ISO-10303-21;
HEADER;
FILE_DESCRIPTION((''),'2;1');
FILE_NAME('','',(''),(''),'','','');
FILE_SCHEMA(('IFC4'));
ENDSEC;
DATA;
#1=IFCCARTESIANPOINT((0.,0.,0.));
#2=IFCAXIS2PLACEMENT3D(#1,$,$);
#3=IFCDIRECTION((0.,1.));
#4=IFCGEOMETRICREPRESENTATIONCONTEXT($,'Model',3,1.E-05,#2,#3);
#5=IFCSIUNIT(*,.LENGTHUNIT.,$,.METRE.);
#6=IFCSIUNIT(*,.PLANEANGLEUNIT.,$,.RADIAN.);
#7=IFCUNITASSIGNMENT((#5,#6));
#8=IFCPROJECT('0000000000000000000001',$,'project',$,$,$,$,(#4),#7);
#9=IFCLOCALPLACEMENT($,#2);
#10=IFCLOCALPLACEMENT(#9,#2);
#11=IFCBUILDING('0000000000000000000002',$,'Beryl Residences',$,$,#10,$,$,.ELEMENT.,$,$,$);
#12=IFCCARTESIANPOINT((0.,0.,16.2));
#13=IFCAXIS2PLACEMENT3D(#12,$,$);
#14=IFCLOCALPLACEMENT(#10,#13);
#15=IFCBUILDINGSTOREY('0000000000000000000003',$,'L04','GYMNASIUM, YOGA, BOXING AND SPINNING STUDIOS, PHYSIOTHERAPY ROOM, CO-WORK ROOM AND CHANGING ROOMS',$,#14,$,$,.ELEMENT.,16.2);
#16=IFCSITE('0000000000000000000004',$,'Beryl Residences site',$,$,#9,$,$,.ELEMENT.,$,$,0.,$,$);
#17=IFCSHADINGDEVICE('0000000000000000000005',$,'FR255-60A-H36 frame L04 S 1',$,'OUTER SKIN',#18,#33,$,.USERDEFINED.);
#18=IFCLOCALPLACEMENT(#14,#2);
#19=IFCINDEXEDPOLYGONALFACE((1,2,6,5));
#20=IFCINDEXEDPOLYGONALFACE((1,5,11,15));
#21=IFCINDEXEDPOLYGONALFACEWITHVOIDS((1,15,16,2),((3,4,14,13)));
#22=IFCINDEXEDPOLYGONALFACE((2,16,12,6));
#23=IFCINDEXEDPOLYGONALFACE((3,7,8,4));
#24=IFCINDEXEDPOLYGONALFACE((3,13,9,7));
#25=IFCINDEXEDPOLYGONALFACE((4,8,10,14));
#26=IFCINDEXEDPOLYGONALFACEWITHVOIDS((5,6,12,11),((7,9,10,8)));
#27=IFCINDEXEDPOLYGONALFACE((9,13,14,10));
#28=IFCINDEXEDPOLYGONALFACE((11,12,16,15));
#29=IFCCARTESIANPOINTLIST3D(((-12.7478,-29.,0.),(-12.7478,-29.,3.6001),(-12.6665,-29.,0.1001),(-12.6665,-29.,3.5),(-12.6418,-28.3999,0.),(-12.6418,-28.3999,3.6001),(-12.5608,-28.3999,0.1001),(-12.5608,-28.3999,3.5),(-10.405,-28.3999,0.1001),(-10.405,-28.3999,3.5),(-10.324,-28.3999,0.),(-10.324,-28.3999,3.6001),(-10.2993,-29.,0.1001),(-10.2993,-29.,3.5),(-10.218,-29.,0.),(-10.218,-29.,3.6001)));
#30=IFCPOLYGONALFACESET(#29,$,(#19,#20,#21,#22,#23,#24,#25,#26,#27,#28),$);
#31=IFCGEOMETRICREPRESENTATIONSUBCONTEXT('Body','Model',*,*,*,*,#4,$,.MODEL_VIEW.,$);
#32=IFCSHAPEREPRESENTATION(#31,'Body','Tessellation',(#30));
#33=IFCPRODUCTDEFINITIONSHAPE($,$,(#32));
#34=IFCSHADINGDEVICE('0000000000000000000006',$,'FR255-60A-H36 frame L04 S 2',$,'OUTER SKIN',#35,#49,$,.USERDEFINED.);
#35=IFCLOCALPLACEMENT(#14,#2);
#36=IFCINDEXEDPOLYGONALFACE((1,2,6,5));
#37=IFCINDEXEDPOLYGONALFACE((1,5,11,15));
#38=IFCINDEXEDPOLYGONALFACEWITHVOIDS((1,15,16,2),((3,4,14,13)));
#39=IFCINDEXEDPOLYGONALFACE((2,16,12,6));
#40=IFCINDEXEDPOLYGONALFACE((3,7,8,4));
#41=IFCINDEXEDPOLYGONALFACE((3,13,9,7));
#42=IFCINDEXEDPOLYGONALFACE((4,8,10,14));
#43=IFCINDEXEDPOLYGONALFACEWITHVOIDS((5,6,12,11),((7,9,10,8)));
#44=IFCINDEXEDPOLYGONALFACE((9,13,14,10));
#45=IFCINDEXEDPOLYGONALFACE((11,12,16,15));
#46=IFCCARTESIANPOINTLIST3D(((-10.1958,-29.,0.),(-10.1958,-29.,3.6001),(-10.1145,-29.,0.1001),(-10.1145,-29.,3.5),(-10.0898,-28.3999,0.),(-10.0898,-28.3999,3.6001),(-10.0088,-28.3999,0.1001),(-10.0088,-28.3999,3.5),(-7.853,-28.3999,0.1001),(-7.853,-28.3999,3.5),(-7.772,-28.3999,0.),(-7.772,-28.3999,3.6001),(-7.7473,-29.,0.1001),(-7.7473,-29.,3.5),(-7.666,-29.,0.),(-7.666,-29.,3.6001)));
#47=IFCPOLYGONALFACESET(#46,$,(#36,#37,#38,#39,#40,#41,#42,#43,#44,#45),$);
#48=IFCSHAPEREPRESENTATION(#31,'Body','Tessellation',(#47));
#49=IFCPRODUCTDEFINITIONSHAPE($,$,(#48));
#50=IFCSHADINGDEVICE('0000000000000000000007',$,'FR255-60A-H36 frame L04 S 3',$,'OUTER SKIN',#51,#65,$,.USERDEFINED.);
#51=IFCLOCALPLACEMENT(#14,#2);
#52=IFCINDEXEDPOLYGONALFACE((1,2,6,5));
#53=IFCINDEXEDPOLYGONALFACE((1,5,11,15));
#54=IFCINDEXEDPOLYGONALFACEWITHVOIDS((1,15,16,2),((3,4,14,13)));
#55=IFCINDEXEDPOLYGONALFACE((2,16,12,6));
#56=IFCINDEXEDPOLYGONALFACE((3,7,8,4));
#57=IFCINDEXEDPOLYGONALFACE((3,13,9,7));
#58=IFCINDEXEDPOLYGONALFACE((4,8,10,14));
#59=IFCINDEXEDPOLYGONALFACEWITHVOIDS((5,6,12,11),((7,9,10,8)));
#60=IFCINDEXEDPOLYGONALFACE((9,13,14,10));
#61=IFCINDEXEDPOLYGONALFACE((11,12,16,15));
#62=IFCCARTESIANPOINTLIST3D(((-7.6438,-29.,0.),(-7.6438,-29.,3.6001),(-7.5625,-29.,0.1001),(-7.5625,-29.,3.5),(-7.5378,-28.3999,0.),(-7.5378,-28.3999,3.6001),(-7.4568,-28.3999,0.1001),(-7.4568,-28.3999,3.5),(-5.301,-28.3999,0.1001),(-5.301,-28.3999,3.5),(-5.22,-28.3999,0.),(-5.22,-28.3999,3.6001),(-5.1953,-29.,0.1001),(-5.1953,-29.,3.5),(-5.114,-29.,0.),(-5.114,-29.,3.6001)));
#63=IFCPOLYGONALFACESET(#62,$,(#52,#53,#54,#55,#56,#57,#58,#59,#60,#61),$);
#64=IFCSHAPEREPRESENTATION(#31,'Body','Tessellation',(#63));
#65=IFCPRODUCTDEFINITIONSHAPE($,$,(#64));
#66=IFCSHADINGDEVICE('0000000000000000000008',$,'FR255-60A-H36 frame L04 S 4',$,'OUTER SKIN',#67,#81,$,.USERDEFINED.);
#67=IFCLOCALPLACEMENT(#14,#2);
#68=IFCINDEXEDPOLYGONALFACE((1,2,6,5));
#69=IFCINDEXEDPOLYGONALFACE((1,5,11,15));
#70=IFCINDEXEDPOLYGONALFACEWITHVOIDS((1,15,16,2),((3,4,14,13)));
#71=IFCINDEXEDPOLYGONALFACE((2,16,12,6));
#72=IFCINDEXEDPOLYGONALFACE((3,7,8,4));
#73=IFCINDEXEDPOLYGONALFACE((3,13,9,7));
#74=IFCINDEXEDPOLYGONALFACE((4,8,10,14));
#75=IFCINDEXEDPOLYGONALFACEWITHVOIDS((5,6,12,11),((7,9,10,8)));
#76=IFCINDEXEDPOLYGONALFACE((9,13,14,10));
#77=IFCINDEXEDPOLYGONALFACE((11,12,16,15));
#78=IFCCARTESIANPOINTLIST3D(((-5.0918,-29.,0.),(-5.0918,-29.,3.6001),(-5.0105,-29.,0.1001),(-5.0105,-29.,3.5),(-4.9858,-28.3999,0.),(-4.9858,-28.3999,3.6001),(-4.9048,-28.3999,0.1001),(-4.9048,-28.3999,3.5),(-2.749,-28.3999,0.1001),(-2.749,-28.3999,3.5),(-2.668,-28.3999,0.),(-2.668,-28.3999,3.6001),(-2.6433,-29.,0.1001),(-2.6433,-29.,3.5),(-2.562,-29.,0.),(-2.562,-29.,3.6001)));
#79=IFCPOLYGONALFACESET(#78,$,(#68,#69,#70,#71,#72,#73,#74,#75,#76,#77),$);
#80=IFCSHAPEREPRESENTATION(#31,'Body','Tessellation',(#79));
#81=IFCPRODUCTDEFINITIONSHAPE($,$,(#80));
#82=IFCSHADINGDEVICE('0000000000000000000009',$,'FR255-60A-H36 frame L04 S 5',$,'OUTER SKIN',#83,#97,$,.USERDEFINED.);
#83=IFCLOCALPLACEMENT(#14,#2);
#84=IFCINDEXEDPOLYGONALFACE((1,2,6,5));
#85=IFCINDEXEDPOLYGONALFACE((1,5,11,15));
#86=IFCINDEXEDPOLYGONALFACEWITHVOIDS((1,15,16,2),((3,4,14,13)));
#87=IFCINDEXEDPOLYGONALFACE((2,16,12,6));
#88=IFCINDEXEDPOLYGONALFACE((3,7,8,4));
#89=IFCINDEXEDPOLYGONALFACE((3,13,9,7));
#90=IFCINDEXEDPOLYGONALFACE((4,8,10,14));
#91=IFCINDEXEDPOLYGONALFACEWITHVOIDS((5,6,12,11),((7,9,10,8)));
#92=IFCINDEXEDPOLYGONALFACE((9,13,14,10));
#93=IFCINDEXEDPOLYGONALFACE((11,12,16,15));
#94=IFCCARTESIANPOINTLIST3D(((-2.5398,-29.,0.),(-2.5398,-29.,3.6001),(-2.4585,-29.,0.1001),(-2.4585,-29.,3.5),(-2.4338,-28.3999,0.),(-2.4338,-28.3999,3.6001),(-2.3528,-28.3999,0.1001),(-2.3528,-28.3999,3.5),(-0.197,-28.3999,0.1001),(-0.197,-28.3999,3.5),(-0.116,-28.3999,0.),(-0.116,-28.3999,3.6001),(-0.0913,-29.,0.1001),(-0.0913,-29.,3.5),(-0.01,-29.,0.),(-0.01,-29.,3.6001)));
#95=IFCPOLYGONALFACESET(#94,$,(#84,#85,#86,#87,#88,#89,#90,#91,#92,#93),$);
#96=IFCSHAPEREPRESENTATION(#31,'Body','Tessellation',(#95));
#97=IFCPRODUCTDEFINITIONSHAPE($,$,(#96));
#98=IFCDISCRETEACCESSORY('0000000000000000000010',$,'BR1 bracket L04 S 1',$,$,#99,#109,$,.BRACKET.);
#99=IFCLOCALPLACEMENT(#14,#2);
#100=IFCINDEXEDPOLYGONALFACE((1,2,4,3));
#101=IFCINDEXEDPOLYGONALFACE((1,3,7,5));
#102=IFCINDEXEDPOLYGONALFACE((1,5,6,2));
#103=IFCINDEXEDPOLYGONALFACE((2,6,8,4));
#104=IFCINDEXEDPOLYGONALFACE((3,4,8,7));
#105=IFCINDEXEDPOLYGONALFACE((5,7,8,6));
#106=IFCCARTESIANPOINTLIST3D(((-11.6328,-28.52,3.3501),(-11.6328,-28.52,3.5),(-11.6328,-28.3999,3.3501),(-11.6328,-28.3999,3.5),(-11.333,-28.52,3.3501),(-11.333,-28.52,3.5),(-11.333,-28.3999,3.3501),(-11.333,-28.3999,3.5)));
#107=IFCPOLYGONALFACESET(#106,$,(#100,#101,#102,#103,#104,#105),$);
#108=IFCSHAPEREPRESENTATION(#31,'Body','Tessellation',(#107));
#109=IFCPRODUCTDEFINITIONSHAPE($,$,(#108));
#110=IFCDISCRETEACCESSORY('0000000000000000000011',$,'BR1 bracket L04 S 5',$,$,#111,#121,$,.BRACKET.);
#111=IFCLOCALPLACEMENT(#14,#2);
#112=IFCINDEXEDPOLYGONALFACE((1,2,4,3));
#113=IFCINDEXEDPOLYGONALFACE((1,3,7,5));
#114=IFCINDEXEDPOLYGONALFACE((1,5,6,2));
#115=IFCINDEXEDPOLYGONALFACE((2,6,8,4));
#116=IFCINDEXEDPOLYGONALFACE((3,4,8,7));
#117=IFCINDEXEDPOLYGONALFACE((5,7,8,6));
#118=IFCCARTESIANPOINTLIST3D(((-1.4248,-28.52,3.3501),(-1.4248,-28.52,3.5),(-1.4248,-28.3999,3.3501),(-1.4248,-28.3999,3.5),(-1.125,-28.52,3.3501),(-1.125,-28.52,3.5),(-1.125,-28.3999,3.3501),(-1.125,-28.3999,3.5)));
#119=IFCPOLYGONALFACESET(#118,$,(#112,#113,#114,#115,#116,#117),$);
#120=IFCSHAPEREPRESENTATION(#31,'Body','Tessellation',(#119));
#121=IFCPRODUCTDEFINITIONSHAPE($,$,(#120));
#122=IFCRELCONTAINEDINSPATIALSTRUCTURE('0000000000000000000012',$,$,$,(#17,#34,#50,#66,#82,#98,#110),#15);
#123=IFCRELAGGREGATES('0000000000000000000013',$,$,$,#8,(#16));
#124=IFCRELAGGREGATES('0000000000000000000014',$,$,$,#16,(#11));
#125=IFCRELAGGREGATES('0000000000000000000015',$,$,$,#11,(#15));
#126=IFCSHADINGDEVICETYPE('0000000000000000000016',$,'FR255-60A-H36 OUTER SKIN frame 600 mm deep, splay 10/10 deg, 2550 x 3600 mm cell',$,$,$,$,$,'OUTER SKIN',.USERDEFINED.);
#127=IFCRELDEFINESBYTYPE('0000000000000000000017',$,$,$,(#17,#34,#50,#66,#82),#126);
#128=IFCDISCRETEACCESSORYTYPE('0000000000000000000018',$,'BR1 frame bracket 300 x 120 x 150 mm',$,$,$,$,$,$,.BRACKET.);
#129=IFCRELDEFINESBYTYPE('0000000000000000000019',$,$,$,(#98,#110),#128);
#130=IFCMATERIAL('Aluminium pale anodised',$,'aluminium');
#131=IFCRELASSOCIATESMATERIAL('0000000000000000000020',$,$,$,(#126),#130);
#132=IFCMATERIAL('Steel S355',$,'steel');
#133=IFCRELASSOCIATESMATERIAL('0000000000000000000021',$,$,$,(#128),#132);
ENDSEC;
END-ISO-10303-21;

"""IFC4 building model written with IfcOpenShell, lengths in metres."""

from ifc_helpers import new_model, entity, si_unit, direction, frame, origin, place, context, subcontext, project, spatial, polyline, outline, extrude, source, transform, mapped, material, type_object, type_shapes, element, save


model = new_model("IFC4")

# Units and contexts
model_context = context("Model", 3, precision=1e-05, world=origin(), true_north=direction((0.0, 1.0)))
body_context = subcontext(model_context, "Body", "Model", "MODEL_VIEW")
ifc_project = project(units=[si_unit("LENGTHUNIT", "METRE"), si_unit("PLANEANGLEUNIT", "RADIAN")], contexts=[model_context])

# Site, building, storey
site_placement = place(None, origin())
site = spatial("IfcSite", under=ifc_project, at=site_placement, Name="Beryl Residences site", CompositionType="ELEMENT", RefElevation=0.0)
building_placement = place(site_placement, origin())
building = spatial("IfcBuilding", under=site, at=building_placement, Name="Beryl Residences", CompositionType="ELEMENT")
storey_placement = place(building_placement, frame((0.0, 0.0, 16.2)))
storey = spatial("IfcBuildingStorey", under=building, at=storey_placement, Name="L04", Description="GYMNASIUM, YOGA, BOXING AND SPINNING STUDIOS, PHYSIOTHERAPY ROOM, CO-WORK ROOM AND CHANGING ROOMS", CompositionType="ELEMENT", Elevation=16.2)

# Shading devices
ifc_material_1 = material(Name="Aluminium pale anodised", Category="aluminium")
shading_device_type_1 = type_object("IfcShadingDeviceType", Name="FR255-60A-H36 OUTER SKIN frame 600 mm deep, splay 10/10 deg, 2550 x 3600 mm cell", ElementType="OUTER SKIN", PredefinedType="USERDEFINED", material=ifc_material_1)
cartesian_point_1 = entity("IfcCartesianPoint", [-1.1589, 0.0])
cartesian_point_2 = entity("IfcCartesianPoint", [-1.0779, 0.1001])
cartesian_point_3 = entity("IfcCartesianPoint", [-1.2649, 0.0])
cartesian_point_4 = entity("IfcCartesianPoint", [-1.1836, 0.1001])
shared_shape_1 = source(origin(), body_context, "Body", "SweptSolid", [
    entity("IfcExtrudedAreaSolidTapered", entity("IfcArbitraryProfileDefWithVoids", "AREA", None, entity("IfcPolyline", [cartesian_point_1, entity("IfcCartesianPoint", [1.1589, 0.0]), entity("IfcCartesianPoint", [1.1589, 3.6001]), entity("IfcCartesianPoint", [-1.1589, 3.6001]), cartesian_point_1]), [entity("IfcPolyline", [cartesian_point_2, entity("IfcCartesianPoint", [1.0779, 0.1001]), entity("IfcCartesianPoint", [1.0779, 3.5]), entity("IfcCartesianPoint", [-1.0779, 3.5]), cartesian_point_2])]), entity("IfcAxis2Placement3D", entity("IfcCartesianPoint", [0.0, 0.0, 0.0]), entity("IfcDirection", [0.0, 1.0, 0.0]), entity("IfcDirection", [-1.0, 0.0, 0.0])), entity("IfcDirection", [0.0, 0.0, 1.0]), 0.6001, entity("IfcArbitraryProfileDefWithVoids", "AREA", None, entity("IfcPolyline", [cartesian_point_3, entity("IfcCartesianPoint", [1.2649, 0.0]), entity("IfcCartesianPoint", [1.2649, 3.6001]), entity("IfcCartesianPoint", [-1.2649, 3.6001]), cartesian_point_3]), [entity("IfcPolyline", [cartesian_point_4, entity("IfcCartesianPoint", [1.1836, 0.1001]), entity("IfcCartesianPoint", [1.1836, 3.5]), entity("IfcCartesianPoint", [-1.1836, 3.5]), cartesian_point_4])])),
])
type_shapes(shading_device_type_1, [shared_shape_1])
for number, where, z_axis, x_axis, name in (
    (1, (-11.4829, -28.3999, 0.0), (0.0, 0.0, 1.0), (-1.0, 0.0, 0.0), "FR255-60A-H36 frame L04 S 1"),
    (2, (-8.9309, -28.3999, 0.0), (0.0, 0.0, 1.0), (-1.0, 0.0, 0.0), "FR255-60A-H36 frame L04 S 2"),
    (3, (-6.3789, -28.3999, 0.0), (0.0, 0.0, 1.0), (-1.0, 0.0, 0.0), "FR255-60A-H36 frame L04 S 3"),
    (4, (-3.8269, -28.3999, 0.0), (0.0, 0.0, 1.0), (-1.0, 0.0, 0.0), "FR255-60A-H36 frame L04 S 4"),
    (5, (-1.2749, -28.3999, 0.0), (0.0, 0.0, 1.0), (-1.0, 0.0, 0.0), "FR255-60A-H36 frame L04 S 5"),
):
    element("IfcShadingDevice", number, at=place(storey_placement, frame(where, z_axis=z_axis, x_axis=x_axis)), inside=storey, type_object=shading_device_type_1, Name=name, ObjectType="OUTER SKIN", PredefinedType="USERDEFINED", context=body_context, shape_type="MappedRepresentation", body=[
        mapped(shared_shape_1, transform((0.0, 0.0, 0.0))),
    ])

# Discrete accessories
ifc_material_2 = material(Name="Steel S355", Category="steel")
discrete_accessory_type = type_object("IfcDiscreteAccessoryType", Name="BR1 frame bracket 300 x 120 x 150 mm", PredefinedType="BRACKET", material=ifc_material_2)
shared_shape_2 = source(origin(), body_context, "Body", "SweptSolid", [
    extrude(outline(polyline([(-0.1499, 0.0), (0.1499, 0.0), (0.1499, 0.1201), (-0.1499, 0.1201), (-0.1499, 0.0)])), origin(), (0.0, 0.0, 1.0), 0.1499),
])
type_shapes(discrete_accessory_type, [shared_shape_2])
for number, where, z_axis, x_axis, name in (
    (6, (-11.4829, -28.3999, 3.3501), (0.0, 0.0, 1.0), (-1.0, 0.0, 0.0), "BR1 bracket L04 S 1"),
    (7, (-1.2749, -28.3999, 3.3501), (0.0, 0.0, 1.0), (-1.0, 0.0, 0.0), "BR1 bracket L04 S 5"),
):
    element("IfcDiscreteAccessory", number, at=place(storey_placement, frame(where, z_axis=z_axis, x_axis=x_axis)), inside=storey, type_object=discrete_accessory_type, Name=name, PredefinedType="BRACKET", context=body_context, shape_type="MappedRepresentation", body=[
        mapped(shared_shape_2, transform((0.0, 0.0, 0.0))),
    ])

save(model, "model.ifc")
